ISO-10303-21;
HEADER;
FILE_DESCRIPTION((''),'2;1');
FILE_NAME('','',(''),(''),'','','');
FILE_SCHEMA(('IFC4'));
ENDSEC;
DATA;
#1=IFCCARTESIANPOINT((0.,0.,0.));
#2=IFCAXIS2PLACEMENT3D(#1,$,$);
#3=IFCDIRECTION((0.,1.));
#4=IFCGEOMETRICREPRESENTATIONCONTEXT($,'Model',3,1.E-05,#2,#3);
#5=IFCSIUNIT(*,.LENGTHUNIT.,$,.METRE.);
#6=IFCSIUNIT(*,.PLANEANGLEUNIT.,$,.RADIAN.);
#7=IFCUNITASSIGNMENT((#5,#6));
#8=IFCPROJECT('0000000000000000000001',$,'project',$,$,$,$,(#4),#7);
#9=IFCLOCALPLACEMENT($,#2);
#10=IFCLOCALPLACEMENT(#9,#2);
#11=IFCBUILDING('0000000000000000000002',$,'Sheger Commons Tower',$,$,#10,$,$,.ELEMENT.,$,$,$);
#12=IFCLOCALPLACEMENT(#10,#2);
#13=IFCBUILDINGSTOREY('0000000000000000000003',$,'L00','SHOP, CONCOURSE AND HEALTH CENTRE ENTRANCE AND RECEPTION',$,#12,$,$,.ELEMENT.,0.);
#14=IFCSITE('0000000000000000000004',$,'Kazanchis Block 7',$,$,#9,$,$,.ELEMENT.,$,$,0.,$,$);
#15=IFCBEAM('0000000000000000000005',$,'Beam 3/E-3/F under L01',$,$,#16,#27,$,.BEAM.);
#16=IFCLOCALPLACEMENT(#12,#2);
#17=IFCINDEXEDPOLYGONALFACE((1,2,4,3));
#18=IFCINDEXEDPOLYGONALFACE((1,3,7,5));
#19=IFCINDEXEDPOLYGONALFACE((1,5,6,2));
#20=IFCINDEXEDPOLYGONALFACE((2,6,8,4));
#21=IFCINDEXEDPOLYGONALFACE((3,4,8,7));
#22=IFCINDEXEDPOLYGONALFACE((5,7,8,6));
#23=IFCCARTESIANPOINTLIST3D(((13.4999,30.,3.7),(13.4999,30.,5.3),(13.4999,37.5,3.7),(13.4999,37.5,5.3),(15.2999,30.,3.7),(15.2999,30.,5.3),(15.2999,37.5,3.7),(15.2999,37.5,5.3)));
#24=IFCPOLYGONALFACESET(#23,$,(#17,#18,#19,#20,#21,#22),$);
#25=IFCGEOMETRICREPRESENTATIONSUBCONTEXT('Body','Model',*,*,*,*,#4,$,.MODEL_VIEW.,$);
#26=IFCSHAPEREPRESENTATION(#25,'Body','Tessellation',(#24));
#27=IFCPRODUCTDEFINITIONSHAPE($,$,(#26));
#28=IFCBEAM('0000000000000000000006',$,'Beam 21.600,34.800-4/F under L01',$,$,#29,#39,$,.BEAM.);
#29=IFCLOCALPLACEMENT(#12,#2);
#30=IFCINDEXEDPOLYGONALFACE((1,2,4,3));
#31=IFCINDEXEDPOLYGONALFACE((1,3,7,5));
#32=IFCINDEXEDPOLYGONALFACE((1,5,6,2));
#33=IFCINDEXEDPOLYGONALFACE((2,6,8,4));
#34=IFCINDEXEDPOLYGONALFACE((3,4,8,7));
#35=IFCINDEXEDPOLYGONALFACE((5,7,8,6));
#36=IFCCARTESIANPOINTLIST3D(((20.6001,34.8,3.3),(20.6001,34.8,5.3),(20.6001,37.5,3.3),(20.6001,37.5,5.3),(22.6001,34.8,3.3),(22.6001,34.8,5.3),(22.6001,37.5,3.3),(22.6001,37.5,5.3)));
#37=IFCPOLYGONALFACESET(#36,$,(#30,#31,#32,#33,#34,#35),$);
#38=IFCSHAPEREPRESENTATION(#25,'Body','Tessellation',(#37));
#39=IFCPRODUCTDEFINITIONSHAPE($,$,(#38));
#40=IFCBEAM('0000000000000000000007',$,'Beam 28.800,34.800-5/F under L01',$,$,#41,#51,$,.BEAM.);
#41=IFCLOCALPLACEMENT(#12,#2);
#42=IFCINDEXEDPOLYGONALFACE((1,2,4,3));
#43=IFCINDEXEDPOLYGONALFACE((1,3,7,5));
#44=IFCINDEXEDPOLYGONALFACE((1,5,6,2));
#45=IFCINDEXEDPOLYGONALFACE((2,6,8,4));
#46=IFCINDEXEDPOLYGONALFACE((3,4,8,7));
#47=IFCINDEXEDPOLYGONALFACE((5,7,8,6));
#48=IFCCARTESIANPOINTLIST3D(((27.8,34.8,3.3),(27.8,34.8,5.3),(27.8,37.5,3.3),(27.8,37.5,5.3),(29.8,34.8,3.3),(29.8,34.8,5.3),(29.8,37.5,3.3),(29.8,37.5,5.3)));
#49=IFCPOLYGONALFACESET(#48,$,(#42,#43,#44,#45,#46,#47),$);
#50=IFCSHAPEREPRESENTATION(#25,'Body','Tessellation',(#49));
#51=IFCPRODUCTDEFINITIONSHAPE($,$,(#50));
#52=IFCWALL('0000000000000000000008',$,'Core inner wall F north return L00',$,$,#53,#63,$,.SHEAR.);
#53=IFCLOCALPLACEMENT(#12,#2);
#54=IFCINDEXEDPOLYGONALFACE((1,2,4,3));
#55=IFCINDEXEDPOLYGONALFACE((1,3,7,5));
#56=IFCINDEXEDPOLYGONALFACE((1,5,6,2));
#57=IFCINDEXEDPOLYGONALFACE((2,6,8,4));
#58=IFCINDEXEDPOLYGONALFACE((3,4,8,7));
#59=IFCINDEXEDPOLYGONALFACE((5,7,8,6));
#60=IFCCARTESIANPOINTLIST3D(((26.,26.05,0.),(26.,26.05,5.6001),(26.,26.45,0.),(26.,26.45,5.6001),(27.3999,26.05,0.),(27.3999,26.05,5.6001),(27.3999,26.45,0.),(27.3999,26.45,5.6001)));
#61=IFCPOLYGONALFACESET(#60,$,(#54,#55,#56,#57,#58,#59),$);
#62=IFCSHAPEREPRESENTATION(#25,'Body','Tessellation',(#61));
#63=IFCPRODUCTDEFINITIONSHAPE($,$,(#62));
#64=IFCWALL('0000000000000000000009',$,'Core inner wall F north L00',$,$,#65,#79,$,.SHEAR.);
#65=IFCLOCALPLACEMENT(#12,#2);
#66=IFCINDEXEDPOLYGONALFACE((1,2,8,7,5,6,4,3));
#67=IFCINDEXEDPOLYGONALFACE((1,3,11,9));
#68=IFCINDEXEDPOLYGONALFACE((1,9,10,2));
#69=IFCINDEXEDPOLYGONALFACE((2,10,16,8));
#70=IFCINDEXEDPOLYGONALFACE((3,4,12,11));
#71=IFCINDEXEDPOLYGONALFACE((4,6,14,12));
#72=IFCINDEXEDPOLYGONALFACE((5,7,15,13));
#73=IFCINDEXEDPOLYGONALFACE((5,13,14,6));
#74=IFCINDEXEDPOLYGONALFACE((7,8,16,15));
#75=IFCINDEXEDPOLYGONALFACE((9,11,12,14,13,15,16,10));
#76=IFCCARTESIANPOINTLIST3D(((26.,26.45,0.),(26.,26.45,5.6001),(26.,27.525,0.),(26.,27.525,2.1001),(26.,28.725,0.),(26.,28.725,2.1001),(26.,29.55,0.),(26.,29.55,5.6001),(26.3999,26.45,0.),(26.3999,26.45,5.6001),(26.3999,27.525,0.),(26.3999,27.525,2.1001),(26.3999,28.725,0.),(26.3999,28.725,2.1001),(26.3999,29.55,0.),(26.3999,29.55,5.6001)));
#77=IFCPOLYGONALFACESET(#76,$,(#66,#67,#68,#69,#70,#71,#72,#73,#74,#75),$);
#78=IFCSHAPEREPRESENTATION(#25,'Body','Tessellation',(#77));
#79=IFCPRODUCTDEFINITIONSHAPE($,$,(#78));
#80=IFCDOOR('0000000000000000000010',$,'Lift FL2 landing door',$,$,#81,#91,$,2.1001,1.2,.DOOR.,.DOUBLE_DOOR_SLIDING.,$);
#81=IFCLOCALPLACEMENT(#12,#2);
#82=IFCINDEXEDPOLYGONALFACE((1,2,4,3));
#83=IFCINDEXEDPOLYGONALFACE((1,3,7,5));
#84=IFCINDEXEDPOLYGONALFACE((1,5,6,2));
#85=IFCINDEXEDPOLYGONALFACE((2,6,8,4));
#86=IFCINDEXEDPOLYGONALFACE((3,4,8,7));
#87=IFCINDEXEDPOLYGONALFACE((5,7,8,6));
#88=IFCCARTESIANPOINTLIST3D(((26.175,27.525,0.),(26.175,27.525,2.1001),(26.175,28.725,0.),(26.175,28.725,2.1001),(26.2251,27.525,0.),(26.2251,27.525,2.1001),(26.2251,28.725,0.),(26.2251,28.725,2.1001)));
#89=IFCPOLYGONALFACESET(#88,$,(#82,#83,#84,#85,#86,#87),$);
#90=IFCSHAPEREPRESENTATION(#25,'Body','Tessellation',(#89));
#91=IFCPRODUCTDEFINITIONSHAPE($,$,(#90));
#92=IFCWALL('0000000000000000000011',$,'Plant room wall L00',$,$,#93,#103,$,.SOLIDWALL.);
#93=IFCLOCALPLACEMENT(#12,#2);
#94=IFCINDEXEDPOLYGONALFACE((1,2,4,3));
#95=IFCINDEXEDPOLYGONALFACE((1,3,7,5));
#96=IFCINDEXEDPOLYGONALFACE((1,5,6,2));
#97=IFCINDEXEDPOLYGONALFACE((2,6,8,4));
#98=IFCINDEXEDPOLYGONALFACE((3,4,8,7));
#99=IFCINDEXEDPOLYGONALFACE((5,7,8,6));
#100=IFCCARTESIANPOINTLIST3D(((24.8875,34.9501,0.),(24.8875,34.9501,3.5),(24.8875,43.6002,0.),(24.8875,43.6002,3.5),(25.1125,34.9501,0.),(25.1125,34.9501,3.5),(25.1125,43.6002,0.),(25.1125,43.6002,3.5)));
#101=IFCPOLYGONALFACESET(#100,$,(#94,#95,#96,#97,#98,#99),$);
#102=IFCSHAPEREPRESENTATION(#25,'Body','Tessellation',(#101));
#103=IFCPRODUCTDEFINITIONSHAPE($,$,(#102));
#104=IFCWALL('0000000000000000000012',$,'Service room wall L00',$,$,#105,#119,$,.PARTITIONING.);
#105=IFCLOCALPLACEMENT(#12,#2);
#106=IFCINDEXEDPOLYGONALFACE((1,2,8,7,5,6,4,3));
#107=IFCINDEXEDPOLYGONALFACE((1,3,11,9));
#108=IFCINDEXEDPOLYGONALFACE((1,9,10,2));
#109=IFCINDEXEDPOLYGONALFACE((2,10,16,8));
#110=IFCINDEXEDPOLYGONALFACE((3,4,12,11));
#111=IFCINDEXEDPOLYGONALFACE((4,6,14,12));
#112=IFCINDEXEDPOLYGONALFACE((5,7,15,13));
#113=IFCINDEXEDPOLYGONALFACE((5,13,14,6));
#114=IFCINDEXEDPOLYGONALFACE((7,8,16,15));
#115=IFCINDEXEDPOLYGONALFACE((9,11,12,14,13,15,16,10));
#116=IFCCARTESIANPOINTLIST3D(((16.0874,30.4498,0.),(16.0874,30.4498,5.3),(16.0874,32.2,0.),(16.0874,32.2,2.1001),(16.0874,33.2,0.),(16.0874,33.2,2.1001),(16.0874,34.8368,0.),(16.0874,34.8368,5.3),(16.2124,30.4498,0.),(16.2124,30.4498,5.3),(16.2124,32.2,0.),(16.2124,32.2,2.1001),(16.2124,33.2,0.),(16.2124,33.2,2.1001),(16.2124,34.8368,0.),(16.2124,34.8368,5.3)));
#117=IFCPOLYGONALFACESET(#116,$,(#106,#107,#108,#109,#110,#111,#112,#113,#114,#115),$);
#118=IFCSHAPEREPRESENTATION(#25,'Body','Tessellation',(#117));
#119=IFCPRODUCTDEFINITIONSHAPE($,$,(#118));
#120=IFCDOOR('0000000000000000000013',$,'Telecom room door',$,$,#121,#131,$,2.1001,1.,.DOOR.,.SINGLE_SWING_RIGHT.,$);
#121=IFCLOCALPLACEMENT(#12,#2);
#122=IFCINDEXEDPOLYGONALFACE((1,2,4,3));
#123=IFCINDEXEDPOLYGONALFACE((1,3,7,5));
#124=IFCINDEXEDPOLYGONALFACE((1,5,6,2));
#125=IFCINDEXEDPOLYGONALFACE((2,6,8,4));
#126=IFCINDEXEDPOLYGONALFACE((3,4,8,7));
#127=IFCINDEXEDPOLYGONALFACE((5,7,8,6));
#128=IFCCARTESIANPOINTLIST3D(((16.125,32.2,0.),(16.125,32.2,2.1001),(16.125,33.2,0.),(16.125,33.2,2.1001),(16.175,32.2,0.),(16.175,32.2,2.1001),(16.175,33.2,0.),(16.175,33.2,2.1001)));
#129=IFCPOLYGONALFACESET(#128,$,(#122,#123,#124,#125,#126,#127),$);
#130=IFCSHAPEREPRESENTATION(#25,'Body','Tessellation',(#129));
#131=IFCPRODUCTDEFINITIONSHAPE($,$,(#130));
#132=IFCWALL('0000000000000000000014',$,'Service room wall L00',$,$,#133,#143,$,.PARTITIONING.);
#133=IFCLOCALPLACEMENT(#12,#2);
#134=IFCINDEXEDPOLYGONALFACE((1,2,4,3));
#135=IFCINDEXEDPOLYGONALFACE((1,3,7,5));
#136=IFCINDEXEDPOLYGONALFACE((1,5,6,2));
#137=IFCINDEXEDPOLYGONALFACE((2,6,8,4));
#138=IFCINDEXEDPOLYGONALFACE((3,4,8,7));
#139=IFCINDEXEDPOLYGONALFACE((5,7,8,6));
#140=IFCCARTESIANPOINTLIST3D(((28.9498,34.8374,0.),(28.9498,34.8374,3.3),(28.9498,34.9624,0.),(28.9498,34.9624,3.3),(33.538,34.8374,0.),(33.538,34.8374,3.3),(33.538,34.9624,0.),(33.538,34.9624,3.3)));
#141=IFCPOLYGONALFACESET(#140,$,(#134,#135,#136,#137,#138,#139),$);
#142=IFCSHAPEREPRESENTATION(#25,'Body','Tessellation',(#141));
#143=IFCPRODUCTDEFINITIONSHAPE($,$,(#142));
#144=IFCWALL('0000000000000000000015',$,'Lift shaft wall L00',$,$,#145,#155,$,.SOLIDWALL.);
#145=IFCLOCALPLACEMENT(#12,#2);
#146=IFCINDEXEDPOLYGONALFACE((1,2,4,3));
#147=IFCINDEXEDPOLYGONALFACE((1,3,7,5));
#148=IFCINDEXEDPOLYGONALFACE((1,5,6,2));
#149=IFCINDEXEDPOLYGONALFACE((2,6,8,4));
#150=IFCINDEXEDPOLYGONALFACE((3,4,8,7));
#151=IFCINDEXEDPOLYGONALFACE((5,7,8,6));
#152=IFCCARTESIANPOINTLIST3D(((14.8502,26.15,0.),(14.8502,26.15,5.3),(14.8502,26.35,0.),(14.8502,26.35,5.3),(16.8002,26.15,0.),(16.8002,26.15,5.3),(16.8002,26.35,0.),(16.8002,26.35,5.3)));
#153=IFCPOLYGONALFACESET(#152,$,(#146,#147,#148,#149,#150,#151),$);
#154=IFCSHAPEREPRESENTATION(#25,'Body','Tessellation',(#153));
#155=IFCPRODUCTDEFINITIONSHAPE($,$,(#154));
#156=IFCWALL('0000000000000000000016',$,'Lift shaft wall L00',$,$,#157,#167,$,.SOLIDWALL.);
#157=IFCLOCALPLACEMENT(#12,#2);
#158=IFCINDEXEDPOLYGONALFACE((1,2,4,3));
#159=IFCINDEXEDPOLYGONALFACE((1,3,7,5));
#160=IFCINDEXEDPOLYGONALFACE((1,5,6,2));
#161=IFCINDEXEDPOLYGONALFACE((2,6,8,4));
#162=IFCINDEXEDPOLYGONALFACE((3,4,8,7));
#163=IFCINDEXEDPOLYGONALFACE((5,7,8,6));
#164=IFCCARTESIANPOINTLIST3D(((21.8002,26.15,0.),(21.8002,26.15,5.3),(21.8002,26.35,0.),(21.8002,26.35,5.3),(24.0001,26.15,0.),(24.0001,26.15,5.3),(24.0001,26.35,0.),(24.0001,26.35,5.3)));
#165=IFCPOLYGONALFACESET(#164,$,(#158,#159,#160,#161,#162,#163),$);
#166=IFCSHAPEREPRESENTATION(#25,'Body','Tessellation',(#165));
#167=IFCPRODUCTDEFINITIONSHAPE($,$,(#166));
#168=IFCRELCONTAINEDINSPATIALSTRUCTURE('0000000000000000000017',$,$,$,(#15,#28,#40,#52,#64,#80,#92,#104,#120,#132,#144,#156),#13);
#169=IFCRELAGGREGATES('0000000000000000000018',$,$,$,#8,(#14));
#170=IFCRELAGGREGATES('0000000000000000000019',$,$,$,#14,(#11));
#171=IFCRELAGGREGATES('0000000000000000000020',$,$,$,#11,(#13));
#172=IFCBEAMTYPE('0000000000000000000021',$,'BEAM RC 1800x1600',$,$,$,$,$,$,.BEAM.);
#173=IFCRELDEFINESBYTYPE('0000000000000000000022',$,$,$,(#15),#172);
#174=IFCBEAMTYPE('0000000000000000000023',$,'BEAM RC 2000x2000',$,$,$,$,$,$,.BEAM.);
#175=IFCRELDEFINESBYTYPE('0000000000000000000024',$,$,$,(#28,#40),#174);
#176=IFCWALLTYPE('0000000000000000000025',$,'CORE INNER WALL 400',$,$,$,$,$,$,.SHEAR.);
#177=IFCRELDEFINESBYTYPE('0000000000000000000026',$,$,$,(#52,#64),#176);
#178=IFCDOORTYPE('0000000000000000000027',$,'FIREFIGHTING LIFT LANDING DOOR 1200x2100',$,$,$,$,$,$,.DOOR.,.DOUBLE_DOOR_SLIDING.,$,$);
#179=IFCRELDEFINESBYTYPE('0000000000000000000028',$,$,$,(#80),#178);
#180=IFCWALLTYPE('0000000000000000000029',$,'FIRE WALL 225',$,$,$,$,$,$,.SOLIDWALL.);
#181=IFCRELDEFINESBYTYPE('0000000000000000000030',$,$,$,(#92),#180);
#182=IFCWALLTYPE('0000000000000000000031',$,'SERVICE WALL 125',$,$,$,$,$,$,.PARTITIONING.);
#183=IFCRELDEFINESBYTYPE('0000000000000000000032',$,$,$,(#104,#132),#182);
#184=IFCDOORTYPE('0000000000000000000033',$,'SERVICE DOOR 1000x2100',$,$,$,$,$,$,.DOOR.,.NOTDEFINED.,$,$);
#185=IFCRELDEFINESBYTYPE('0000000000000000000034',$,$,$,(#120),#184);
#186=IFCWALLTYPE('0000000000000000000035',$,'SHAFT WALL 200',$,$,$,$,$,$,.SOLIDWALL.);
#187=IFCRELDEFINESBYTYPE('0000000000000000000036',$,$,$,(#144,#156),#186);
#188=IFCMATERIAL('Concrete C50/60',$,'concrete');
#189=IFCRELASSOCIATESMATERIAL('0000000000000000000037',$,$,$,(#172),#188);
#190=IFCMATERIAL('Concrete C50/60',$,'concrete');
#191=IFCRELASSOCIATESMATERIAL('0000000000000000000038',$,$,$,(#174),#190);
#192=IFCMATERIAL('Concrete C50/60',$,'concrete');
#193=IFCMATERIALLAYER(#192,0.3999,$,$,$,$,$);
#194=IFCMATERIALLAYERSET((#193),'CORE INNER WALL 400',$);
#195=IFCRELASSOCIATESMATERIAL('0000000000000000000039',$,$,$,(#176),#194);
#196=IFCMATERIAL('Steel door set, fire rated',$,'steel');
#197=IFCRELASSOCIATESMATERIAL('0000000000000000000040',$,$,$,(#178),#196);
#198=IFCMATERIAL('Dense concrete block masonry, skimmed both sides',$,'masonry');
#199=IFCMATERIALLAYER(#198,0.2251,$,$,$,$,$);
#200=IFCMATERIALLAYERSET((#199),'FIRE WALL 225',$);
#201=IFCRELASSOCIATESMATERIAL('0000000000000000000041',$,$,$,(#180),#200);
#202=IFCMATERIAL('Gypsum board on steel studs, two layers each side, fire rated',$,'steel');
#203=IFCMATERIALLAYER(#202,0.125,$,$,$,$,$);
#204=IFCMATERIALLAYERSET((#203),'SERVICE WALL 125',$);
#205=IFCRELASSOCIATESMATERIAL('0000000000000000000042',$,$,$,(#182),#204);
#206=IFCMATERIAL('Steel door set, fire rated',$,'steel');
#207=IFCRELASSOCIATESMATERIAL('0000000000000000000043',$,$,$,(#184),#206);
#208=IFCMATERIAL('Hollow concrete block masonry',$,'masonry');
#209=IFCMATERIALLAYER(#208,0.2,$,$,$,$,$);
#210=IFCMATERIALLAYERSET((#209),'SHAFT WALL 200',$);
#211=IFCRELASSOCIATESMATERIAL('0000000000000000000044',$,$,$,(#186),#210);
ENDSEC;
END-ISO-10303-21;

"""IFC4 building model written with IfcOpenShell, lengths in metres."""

from ifc_helpers import new_model, si_unit, direction, frame, frame_2d, origin, origin_2d, place, context, subcontext, project, spatial, rectangle, extrude, material, layer, layer_set, material_profile, profile_set, type_object, element, fill, save


model = new_model("IFC4")

# Units and contexts
model_context = context("Model", 3, precision=1e-05, world=origin(), true_north=direction((0.0, 1.0)))
body_context = subcontext(model_context, "Body", "Model", "MODEL_VIEW")
ifc_project = project(units=[si_unit("LENGTHUNIT", "METRE"), si_unit("PLANEANGLEUNIT", "RADIAN")], contexts=[model_context])

# Site, building, storey
site_placement = place(None, origin())
site = spatial("IfcSite", under=ifc_project, at=site_placement, Name="Kazanchis Block 7", CompositionType="ELEMENT", RefElevation=0.0)
building_placement = place(site_placement, origin())
building = spatial("IfcBuilding", under=site, at=building_placement, Name="Sheger Commons Tower", CompositionType="ELEMENT")
storey_placement = place(building_placement, origin())
storey = spatial("IfcBuildingStorey", under=building, at=storey_placement, Name="L00", Description="SHOP, CONCOURSE AND HEALTH CENTRE ENTRANCE AND RECEPTION", CompositionType="ELEMENT", Elevation=0.0)

# Beams
ifc_material_1 = material(Name="Concrete C50/60", Category="concrete")
ifc_material_profile_1 = material_profile(ifc_material_1, rectangle(XDim=1.8, YDim=1.6001, at=origin_2d()), Name="RC 1800x1600")
ifc_profile_set_1 = profile_set([ifc_material_profile_1], Name="Concrete C50/60")
beam_type_1 = type_object("IfcBeamType", Name="BEAM RC 1800x1600", PredefinedType="BEAM", material=ifc_profile_set_1)
beam_placement = place(storey_placement, frame((14.3999, 30.0, 4.5), z_axis=(0.0, 1.0, 0.0), x_axis=(-1.0, 0.0, 0.0)))
element("IfcBeam", 1, at=beam_placement, inside=storey, type_object=beam_type_1, Name="Beam 3/E-3/F under L01", PredefinedType="BEAM", context=body_context, shape_type="SweptSolid", body=[
    extrude(rectangle(XDim=1.8, YDim=1.6001, at=origin_2d()), origin(), (0.0, 0.0, 1.0), 7.5),
])
ifc_material_2 = material(Name="Concrete C50/60", Category="concrete")
ifc_material_profile_2 = material_profile(ifc_material_2, rectangle(XDim=2.0, YDim=2.0, at=origin_2d()), Name="RC 2000x2000")
ifc_profile_set_2 = profile_set([ifc_material_profile_2], Name="Concrete C50/60")
beam_type_2 = type_object("IfcBeamType", Name="BEAM RC 2000x2000", PredefinedType="BEAM", material=ifc_profile_set_2)
for number, where, z_axis, x_axis, name in (
    (2, (21.6001, 34.8, 4.3), (0.0, 1.0, 0.0), (-1.0, 0.0, 0.0), "Beam 21.600,34.800-4/F under L01"),
    (3, (28.8, 34.8, 4.3), (0.0, 1.0, 0.0), (-1.0, 0.0, 0.0), "Beam 28.800,34.800-5/F under L01"),
):
    element("IfcBeam", number, at=place(storey_placement, frame(where, z_axis=z_axis, x_axis=x_axis)), inside=storey, type_object=beam_type_2, Name=name, PredefinedType="BEAM", context=body_context, shape_type="SweptSolid", body=[
        extrude(rectangle(XDim=2.0, YDim=2.0, at=origin_2d()), origin(), (0.0, 0.0, 1.0), 2.7),
    ])

# Wall
ifc_material_3 = material(Name="Concrete C50/60", Category="concrete")
ifc_layer_1 = layer(ifc_material_3, 0.3999)
ifc_layer_set_1 = layer_set([ifc_layer_1], Name="CORE INNER WALL 400")
wall_type_1 = type_object("IfcWallType", Name="CORE INNER WALL 400", PredefinedType="SHEAR", material=ifc_layer_set_1)
wall_1_placement = place(storey_placement, frame((26.0, 26.25, 0.0), z_axis=(0.0, 0.0, 1.0), x_axis=(1.0, 0.0, 0.0)))
element("IfcWall", 4, at=wall_1_placement, inside=storey, type_object=wall_type_1, Name="Core inner wall F north return L00", PredefinedType="SHEAR", context=body_context, shape_type="SweptSolid", body=[
    extrude(rectangle(XDim=1.3999, YDim=0.3999, at=frame_2d((0.7, 0.0))), origin(), (0.0, 0.0, 1.0), 5.6001),
])

# Wall, opening, door
wall_2_placement = place(storey_placement, frame((26.2, 26.45, 0.0), z_axis=(0.0, 0.0, 1.0), x_axis=(0.0, 1.0, 0.0)))
wall_2 = element("IfcWall", 5, at=wall_2_placement, inside=storey, type_object=wall_type_1, Name="Core inner wall F north L00", PredefinedType="SHEAR", context=body_context, shape_type="SweptSolid", body=[
    extrude(rectangle(XDim=3.1001, YDim=0.3999, at=frame_2d((1.55, 0.0))), origin(), (0.0, 0.0, 1.0), 5.6001),
])
opening_1_placement = place(wall_2_placement, frame((1.075, 0.0, 0.0)))
opening_1 = element("IfcOpeningElement", 6, at=opening_1_placement, cuts=wall_2, PredefinedType="OPENING", context=body_context, shape_type="SweptSolid", body=[
    extrude(rectangle(XDim=1.2, YDim=2.1001, at=frame_2d((0.6001, 1.05))), frame((0.0, 0.21, 0.0), z_axis=(0.0, -1.0, 0.0), x_axis=(1.0, 0.0, 0.0)), (0.0, 0.0, 1.0), 0.4199),
])
ifc_material_4 = material(Name="Steel door set, fire rated", Category="steel")
door_type_1 = type_object("IfcDoorType", Name="FIREFIGHTING LIFT LANDING DOOR 1200x2100", OperationType="DOUBLE_DOOR_SLIDING", PredefinedType="DOOR", material=ifc_material_4)
door_1_placement = place(opening_1_placement, origin())
door_1 = element("IfcDoor", 7, at=door_1_placement, inside=storey, type_object=door_type_1, Name="Lift FL2 landing door", OperationType="DOUBLE_DOOR_SLIDING", OverallHeight=2.1001, OverallWidth=1.2, PredefinedType="DOOR", context=body_context, shape_type="SweptSolid", body=[
    extrude(rectangle(XDim=1.2, YDim=2.1001, at=frame_2d((0.6001, 1.05))), frame((0.0, 0.0249, 0.0), z_axis=(0.0, -1.0, 0.0), x_axis=(1.0, 0.0, 0.0)), (0.0, 0.0, 1.0), 0.05),
])
fill(opening_1, door_1)

# Wall
ifc_material_5 = material(Name="Dense concrete block masonry, skimmed both sides", Category="masonry")
ifc_layer_2 = layer(ifc_material_5, 0.2251)
ifc_layer_set_2 = layer_set([ifc_layer_2], Name="FIRE WALL 225")
wall_type_2 = type_object("IfcWallType", Name="FIRE WALL 225", PredefinedType="SOLIDWALL", material=ifc_layer_set_2)
wall_3_placement = place(storey_placement, frame((25.0, 34.95, 0.0), z_axis=(0.0, 0.0, 1.0), x_axis=(0.0, 1.0, 0.0)))
element("IfcWall", 8, at=wall_3_placement, inside=storey, type_object=wall_type_2, Name="Plant room wall L00", PredefinedType="SOLIDWALL", context=body_context, shape_type="SweptSolid", body=[
    extrude(rectangle(XDim=8.6501, YDim=0.2251, at=frame_2d((4.3252, 0.0))), origin(), (0.0, 0.0, 1.0), 3.5),
])

# Wall, opening, door
ifc_material_6 = material(Name="Gypsum board on steel studs, two layers each side, fire rated", Category="steel")
ifc_layer_3 = layer(ifc_material_6, 0.125)
ifc_layer_set_3 = layer_set([ifc_layer_3], Name="SERVICE WALL 125")
wall_type_3 = type_object("IfcWallType", Name="SERVICE WALL 125", PredefinedType="PARTITIONING", material=ifc_layer_set_3)
wall_4_placement = place(storey_placement, frame((16.1499, 30.45, 0.0), z_axis=(0.0, 0.0, 1.0), x_axis=(0.0, 1.0, 0.0)))
wall_4 = element("IfcWall", 9, at=wall_4_placement, inside=storey, type_object=wall_type_3, Name="Service room wall L00", PredefinedType="PARTITIONING", context=body_context, shape_type="SweptSolid", body=[
    extrude(rectangle(XDim=4.387, YDim=0.125, at=frame_2d((2.1934, 0.0))), origin(), (0.0, 0.0, 1.0), 5.3),
])
opening_2_placement = place(wall_4_placement, frame((1.75, 0.0, 0.0)))
opening_2 = element("IfcOpeningElement", 10, at=opening_2_placement, cuts=wall_4, PredefinedType="OPENING", context=body_context, shape_type="SweptSolid", body=[
    extrude(rectangle(XDim=1.0, YDim=2.1001, at=frame_2d((0.5, 1.05))), frame((0.0, 0.0725, 0.0), z_axis=(0.0, -1.0, 0.0), x_axis=(1.0, 0.0, 0.0)), (0.0, 0.0, 1.0), 0.145),
])
ifc_material_7 = material(Name="Steel door set, fire rated", Category="steel")
door_type_2 = type_object("IfcDoorType", Name="SERVICE DOOR 1000x2100", OperationType="NOTDEFINED", PredefinedType="DOOR", material=ifc_material_7)
door_2_placement = place(opening_2_placement, origin())
door_2 = element("IfcDoor", 11, at=door_2_placement, inside=storey, type_object=door_type_2, Name="Telecom room door", OperationType="SINGLE_SWING_RIGHT", OverallHeight=2.1001, OverallWidth=1.0, PredefinedType="DOOR", context=body_context, shape_type="SweptSolid", body=[
    extrude(rectangle(XDim=1.0, YDim=2.1001, at=frame_2d((0.5, 1.05))), frame((0.0, 0.0249, 0.0), z_axis=(0.0, -1.0, 0.0), x_axis=(1.0, 0.0, 0.0)), (0.0, 0.0, 1.0), 0.05),
])
fill(opening_2, door_2)

# Walls
wall_5_placement = place(storey_placement, frame((28.95, 34.8999, 0.0), z_axis=(0.0, 0.0, 1.0), x_axis=(1.0, 0.0, 0.0)))
element("IfcWall", 12, at=wall_5_placement, inside=storey, type_object=wall_type_3, Name="Service room wall L00", PredefinedType="PARTITIONING", context=body_context, shape_type="SweptSolid", body=[
    extrude(rectangle(XDim=4.5881, YDim=0.125, at=frame_2d((2.2939, 0.0))), origin(), (0.0, 0.0, 1.0), 3.3),
])
ifc_material_8 = material(Name="Hollow concrete block masonry", Category="masonry")
ifc_layer_4 = layer(ifc_material_8, 0.2)
ifc_layer_set_4 = layer_set([ifc_layer_4], Name="SHAFT WALL 200")
wall_type_4 = type_object("IfcWallType", Name="SHAFT WALL 200", PredefinedType="SOLIDWALL", material=ifc_layer_set_4)
wall_6_placement = place(storey_placement, frame((14.8501, 26.25, 0.0), z_axis=(0.0, 0.0, 1.0), x_axis=(1.0, 0.0, 0.0)))
element("IfcWall", 13, at=wall_6_placement, inside=storey, type_object=wall_type_4, Name="Lift shaft wall L00", PredefinedType="SOLIDWALL", context=body_context, shape_type="SweptSolid", body=[
    extrude(rectangle(XDim=1.95, YDim=0.2, at=frame_2d((0.9751, 0.0))), origin(), (0.0, 0.0, 1.0), 5.3),
])
wall_7_placement = place(storey_placement, frame((21.8, 26.25, 0.0), z_axis=(0.0, 0.0, 1.0), x_axis=(1.0, 0.0, 0.0)))
element("IfcWall", 14, at=wall_7_placement, inside=storey, type_object=wall_type_4, Name="Lift shaft wall L00", PredefinedType="SOLIDWALL", context=body_context, shape_type="SweptSolid", body=[
    extrude(rectangle(XDim=2.2, YDim=0.2, at=frame_2d((1.1001, 0.0))), origin(), (0.0, 0.0, 1.0), 5.3),
])

save(model, "model.ifc")
